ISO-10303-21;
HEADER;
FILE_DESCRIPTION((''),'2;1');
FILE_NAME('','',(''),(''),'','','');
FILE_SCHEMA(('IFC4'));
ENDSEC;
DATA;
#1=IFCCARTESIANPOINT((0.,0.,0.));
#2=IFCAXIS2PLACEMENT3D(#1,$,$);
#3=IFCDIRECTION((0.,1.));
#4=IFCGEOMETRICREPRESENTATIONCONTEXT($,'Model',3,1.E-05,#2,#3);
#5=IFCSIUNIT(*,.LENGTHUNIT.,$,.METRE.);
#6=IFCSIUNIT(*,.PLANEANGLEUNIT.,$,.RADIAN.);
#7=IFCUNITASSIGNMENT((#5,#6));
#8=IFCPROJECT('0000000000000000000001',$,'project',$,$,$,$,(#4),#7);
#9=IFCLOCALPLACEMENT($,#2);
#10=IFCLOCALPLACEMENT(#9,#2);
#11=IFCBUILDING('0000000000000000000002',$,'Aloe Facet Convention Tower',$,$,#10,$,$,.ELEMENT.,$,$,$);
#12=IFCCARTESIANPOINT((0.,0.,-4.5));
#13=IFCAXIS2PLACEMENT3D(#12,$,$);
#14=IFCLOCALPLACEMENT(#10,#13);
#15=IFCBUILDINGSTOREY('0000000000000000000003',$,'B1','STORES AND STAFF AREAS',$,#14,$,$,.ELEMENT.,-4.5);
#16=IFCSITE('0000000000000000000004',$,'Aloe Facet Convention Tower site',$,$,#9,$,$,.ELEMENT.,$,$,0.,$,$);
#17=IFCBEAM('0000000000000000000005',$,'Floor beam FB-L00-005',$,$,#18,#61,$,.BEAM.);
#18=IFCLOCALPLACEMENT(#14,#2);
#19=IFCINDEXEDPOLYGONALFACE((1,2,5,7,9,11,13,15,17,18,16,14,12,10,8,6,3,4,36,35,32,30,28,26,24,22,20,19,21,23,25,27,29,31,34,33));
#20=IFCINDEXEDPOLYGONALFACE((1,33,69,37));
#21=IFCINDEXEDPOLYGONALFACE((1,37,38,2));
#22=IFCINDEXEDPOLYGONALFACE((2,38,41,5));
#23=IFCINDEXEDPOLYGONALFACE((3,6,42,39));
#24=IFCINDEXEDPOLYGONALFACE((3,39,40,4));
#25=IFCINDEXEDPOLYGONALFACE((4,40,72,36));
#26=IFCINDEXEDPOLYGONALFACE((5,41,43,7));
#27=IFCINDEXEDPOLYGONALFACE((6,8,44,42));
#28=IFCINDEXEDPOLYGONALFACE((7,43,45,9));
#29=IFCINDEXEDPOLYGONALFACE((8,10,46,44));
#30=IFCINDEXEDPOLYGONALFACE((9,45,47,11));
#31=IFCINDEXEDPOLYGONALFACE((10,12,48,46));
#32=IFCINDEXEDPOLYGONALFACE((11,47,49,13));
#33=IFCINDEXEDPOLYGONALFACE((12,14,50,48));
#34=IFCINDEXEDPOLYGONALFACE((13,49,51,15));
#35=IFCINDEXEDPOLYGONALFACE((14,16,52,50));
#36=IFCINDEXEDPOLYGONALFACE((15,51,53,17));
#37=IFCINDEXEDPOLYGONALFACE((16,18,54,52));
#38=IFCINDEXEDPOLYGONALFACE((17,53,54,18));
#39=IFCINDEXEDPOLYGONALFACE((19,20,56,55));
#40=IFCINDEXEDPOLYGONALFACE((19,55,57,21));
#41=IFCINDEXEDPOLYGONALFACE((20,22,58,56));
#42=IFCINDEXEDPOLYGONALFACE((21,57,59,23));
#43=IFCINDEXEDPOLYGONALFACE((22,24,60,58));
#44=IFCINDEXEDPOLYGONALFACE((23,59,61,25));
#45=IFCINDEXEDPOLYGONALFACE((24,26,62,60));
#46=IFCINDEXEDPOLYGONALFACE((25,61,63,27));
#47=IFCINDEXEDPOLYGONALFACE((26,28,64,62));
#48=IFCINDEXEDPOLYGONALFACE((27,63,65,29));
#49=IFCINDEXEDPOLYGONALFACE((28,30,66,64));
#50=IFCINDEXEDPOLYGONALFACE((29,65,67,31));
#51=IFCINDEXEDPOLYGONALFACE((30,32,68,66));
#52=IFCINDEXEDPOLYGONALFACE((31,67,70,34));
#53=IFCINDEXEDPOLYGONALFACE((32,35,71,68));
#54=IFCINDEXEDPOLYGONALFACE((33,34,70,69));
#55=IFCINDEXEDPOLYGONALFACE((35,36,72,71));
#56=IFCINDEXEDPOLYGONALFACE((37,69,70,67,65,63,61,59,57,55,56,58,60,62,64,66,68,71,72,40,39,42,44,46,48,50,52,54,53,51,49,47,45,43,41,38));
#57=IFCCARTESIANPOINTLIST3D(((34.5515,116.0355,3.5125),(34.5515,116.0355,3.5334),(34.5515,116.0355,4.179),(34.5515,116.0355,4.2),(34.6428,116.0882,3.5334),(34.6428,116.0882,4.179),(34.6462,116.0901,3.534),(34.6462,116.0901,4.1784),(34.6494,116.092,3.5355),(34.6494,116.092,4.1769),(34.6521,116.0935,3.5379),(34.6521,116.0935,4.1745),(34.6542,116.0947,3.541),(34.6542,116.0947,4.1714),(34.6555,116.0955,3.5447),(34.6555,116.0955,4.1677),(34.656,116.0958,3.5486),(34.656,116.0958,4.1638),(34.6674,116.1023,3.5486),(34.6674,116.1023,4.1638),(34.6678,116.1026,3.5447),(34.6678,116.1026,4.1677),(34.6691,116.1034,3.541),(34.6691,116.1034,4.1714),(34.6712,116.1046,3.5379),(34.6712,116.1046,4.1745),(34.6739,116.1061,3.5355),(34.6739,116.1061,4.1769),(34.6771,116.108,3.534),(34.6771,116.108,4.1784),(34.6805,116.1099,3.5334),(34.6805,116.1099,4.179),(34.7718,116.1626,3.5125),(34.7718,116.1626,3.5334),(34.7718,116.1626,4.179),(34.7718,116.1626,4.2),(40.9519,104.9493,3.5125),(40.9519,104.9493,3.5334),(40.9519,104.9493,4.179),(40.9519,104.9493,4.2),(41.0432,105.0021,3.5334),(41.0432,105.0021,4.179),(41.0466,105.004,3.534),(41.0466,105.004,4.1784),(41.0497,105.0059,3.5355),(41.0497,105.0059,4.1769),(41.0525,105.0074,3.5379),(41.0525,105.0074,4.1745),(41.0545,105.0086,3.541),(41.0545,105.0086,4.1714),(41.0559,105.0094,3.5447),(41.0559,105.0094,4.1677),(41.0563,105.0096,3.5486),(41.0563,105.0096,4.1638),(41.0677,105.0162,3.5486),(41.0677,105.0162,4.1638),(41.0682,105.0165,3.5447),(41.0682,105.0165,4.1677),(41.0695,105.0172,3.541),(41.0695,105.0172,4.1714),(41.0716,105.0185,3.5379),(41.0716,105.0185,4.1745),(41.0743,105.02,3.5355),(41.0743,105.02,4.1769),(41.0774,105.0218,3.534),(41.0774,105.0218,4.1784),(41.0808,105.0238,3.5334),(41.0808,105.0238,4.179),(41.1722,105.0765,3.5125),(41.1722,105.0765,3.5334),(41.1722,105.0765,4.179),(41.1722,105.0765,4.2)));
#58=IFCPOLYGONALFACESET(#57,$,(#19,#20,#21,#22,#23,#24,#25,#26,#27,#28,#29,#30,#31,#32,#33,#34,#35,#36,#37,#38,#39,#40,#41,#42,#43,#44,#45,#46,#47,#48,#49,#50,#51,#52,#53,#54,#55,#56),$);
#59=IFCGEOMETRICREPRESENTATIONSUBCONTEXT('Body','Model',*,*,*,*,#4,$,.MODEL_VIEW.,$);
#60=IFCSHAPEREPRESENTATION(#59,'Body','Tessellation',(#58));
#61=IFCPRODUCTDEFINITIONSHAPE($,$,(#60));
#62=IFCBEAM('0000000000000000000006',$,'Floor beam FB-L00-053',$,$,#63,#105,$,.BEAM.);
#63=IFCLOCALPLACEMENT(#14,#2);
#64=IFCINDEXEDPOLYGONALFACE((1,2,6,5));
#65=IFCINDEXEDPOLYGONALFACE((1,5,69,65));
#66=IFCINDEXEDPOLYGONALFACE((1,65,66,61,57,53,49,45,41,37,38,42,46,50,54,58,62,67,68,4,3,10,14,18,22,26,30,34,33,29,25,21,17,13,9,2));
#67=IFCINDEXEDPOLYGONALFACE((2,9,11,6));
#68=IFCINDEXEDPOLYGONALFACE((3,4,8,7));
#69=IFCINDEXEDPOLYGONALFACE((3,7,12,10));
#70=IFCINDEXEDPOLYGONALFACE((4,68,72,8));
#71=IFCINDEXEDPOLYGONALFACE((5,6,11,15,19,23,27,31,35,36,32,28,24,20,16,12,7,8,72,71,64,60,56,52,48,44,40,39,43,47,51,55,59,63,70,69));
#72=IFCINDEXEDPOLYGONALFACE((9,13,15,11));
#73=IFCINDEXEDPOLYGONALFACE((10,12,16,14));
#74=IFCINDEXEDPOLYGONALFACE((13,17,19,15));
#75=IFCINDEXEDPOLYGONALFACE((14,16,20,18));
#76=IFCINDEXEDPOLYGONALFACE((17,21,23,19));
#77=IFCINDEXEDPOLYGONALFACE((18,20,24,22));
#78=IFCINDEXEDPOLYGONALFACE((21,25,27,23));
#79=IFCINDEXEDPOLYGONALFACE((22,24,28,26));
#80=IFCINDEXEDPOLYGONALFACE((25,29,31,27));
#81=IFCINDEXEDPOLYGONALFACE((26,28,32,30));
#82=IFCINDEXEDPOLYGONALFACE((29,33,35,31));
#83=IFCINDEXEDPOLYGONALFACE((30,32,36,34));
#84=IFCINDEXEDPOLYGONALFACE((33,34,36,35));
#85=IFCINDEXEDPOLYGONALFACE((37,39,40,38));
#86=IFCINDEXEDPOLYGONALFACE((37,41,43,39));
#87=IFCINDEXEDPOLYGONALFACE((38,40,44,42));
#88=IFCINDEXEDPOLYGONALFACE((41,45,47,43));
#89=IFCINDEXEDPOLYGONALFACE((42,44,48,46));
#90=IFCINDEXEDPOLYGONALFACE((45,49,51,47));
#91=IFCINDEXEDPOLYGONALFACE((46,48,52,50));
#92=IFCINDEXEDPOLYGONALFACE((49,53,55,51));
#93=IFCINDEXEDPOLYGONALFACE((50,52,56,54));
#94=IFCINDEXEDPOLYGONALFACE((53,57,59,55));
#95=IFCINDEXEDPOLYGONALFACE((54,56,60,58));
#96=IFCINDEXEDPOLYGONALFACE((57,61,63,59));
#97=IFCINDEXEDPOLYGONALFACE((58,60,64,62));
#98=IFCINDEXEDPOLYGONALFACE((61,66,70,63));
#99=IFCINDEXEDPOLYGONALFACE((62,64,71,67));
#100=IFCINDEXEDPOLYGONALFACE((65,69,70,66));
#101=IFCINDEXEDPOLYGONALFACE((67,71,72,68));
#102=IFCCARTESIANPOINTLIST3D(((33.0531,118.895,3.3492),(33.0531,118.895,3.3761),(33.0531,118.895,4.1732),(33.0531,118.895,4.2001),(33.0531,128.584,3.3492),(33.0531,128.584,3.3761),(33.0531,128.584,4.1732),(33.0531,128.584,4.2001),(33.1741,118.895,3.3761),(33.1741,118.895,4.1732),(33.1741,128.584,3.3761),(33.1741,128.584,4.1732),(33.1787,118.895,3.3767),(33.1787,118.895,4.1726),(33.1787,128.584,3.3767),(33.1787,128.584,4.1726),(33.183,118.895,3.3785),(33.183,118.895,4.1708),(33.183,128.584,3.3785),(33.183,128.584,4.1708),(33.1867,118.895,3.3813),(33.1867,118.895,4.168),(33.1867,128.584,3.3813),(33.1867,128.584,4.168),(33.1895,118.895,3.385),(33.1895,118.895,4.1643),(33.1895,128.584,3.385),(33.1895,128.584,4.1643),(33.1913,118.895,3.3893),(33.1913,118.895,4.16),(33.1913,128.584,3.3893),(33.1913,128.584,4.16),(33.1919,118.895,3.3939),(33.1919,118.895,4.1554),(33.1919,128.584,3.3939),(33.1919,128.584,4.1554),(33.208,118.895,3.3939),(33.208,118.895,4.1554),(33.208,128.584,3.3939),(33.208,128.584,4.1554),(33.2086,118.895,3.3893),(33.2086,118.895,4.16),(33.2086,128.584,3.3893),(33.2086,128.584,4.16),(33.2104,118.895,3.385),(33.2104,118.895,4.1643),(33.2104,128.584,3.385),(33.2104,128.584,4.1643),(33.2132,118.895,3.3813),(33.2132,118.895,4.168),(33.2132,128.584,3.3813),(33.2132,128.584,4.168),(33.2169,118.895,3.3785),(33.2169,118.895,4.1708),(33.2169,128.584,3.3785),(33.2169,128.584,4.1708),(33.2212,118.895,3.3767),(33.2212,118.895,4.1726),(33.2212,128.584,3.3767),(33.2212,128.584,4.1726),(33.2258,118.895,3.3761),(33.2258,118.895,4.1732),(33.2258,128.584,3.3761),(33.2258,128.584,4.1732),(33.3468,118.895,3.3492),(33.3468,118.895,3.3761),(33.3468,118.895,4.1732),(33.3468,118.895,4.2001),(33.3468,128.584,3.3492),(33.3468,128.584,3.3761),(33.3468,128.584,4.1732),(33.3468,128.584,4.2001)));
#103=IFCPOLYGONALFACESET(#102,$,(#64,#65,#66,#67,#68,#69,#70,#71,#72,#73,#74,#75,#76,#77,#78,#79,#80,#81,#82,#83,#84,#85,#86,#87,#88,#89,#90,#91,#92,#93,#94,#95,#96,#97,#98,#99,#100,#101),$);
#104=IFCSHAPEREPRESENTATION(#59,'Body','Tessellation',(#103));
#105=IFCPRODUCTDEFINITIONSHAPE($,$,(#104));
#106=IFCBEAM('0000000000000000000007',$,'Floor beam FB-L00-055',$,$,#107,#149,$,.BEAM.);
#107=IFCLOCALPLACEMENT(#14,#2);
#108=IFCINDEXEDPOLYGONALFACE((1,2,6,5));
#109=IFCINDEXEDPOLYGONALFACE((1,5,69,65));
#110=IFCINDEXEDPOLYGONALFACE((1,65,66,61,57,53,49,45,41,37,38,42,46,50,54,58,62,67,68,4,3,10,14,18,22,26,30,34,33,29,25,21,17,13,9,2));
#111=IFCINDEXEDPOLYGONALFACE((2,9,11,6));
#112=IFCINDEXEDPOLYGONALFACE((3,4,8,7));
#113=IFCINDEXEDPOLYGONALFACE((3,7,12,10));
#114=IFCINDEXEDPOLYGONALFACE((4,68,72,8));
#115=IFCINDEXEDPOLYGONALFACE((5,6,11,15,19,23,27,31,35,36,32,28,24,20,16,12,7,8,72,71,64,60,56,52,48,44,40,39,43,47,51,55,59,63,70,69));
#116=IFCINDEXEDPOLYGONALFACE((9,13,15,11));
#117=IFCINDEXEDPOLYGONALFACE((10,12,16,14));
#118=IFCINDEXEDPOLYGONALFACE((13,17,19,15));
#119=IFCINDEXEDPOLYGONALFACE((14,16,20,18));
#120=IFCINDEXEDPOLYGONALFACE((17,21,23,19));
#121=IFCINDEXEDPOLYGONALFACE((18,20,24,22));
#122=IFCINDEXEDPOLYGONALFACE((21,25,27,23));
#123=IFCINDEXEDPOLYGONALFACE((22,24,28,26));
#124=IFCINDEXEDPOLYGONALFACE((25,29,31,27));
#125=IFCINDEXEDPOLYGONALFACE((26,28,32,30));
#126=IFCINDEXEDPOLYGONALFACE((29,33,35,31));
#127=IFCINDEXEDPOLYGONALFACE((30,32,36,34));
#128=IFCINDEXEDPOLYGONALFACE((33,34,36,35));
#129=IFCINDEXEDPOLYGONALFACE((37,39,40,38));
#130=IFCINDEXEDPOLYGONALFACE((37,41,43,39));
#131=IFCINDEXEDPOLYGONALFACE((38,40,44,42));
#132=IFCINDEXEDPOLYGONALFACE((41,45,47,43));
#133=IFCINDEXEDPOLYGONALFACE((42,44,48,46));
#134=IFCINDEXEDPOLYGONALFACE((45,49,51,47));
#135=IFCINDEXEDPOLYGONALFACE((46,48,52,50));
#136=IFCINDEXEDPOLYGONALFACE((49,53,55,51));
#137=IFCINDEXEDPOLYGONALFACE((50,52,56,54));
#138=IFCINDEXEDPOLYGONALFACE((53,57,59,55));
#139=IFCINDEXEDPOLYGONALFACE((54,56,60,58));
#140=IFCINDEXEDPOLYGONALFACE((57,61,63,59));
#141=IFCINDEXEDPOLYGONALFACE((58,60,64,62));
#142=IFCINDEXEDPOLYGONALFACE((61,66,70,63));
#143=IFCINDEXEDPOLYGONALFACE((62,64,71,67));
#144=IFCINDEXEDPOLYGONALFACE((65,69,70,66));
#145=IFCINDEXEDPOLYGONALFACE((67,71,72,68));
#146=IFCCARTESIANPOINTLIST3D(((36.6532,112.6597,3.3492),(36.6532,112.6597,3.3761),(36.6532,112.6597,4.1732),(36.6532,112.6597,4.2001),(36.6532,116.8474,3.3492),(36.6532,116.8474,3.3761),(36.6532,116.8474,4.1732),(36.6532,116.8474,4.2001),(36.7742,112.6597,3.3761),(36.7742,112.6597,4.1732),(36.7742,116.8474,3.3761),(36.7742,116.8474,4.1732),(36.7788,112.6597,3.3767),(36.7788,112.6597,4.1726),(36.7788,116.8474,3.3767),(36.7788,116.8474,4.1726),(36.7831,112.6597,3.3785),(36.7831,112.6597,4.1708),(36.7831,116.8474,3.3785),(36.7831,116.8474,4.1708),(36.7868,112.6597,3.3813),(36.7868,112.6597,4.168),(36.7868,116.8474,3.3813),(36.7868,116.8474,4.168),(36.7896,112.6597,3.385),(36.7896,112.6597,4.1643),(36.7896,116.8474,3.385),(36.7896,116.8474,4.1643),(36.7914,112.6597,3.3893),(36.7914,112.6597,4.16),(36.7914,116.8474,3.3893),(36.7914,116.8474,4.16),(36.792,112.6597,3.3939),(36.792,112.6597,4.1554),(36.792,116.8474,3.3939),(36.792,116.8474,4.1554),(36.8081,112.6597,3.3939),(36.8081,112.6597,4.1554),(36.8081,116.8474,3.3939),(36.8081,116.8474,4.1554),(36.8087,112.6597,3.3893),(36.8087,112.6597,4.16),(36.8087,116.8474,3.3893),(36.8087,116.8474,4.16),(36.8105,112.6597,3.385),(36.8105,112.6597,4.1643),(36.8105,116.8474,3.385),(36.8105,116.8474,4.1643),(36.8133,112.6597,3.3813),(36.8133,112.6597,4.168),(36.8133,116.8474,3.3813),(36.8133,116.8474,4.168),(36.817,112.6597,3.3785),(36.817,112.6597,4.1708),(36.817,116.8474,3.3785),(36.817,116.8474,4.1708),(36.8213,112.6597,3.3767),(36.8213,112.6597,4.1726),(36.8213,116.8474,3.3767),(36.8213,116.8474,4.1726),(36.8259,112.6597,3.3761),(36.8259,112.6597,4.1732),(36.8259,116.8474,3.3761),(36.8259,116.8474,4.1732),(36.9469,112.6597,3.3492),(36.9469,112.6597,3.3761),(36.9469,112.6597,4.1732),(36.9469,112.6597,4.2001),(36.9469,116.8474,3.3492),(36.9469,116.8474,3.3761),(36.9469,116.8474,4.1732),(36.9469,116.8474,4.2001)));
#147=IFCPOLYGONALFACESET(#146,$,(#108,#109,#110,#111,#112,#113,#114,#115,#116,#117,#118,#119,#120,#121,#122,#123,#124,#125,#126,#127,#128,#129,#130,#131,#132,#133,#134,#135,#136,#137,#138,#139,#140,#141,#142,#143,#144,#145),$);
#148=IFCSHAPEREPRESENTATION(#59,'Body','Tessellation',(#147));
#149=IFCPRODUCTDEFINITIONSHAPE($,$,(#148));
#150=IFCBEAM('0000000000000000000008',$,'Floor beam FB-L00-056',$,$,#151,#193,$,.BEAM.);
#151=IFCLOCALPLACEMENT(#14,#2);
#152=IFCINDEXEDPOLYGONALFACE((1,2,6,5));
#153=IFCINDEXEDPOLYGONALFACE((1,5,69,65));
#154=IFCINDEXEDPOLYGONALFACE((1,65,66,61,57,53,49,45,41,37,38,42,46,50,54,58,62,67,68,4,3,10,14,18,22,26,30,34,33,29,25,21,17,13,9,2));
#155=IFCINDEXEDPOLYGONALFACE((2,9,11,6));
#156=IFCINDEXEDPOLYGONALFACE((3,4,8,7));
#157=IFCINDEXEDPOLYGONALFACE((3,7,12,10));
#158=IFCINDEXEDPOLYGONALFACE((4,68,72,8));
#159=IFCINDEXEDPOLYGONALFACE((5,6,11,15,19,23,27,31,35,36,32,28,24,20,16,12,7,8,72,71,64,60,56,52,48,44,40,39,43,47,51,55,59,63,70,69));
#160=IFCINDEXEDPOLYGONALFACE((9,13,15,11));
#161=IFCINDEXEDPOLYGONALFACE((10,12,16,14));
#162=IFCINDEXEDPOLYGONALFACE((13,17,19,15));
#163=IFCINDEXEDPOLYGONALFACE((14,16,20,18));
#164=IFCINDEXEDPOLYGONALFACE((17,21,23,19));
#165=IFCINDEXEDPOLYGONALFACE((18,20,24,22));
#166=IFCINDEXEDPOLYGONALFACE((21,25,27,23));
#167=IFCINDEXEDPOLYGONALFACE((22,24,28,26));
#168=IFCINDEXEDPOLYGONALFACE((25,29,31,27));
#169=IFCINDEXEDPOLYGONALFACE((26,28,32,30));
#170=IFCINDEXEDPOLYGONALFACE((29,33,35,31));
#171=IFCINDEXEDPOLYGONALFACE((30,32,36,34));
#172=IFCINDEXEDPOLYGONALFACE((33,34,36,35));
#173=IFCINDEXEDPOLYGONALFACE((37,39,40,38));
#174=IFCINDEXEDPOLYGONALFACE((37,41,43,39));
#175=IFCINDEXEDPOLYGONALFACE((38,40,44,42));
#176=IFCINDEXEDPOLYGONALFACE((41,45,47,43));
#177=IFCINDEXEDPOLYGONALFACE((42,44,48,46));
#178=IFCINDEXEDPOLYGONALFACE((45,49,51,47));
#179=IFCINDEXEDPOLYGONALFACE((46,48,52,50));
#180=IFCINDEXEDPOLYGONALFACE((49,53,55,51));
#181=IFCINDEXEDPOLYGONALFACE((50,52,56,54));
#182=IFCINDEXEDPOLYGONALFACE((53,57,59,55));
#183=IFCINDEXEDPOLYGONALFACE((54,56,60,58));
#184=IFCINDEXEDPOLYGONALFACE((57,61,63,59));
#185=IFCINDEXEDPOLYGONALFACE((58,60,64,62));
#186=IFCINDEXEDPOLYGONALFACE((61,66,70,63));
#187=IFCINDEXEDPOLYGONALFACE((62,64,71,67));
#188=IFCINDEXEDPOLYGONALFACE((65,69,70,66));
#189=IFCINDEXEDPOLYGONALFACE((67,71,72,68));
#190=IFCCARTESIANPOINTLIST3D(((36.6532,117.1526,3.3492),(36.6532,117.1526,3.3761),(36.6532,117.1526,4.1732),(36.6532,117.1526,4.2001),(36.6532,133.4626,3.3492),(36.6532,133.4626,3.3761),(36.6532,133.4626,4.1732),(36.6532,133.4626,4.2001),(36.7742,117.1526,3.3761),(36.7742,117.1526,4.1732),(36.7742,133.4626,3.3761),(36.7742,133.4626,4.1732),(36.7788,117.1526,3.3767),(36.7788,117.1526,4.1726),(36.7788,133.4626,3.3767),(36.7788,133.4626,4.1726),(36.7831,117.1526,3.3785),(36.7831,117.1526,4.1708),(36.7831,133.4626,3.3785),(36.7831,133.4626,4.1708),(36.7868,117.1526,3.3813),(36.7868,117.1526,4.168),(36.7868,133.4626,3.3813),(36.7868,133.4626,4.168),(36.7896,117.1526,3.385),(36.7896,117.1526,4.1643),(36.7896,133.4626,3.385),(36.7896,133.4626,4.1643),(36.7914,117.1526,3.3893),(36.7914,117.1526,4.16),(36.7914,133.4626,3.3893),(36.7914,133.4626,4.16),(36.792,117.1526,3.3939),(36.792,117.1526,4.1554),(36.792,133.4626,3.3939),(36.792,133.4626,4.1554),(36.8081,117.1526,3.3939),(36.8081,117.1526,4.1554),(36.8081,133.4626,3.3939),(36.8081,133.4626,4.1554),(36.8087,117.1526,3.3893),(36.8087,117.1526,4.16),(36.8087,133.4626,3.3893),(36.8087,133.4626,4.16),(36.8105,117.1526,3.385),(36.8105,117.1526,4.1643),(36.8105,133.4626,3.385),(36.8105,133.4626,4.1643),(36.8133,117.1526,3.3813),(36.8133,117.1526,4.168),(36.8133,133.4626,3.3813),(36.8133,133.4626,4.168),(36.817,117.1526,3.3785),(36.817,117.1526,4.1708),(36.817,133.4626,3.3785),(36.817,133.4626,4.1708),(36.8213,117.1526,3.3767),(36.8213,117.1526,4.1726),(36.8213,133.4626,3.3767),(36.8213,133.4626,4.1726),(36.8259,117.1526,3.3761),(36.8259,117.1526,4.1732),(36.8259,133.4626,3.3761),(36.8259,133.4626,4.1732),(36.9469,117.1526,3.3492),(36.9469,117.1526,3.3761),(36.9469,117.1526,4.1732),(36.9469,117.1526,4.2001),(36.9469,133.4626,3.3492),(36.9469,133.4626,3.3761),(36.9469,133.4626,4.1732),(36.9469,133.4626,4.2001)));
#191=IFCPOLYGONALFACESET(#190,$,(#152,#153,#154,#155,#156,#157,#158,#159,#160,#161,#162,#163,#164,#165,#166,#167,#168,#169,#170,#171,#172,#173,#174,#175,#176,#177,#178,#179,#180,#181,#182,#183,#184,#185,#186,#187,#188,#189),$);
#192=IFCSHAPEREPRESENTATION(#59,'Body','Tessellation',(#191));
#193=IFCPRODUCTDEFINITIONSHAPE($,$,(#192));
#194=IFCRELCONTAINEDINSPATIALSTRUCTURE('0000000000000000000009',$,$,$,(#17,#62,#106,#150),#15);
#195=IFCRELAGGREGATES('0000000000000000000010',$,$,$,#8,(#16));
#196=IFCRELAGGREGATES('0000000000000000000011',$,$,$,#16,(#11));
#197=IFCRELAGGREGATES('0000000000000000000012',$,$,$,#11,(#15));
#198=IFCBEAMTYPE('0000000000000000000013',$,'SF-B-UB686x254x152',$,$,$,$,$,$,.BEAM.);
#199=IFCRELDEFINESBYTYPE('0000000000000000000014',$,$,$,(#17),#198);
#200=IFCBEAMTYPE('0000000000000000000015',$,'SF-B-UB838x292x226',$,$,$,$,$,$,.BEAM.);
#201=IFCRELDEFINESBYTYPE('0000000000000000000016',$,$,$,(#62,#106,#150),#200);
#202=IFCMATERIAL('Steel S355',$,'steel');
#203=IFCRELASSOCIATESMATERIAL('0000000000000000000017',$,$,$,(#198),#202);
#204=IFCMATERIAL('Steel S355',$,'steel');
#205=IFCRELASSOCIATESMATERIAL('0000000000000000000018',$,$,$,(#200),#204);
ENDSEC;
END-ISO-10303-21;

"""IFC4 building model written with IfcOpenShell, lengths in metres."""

from ifc_helpers import new_model, si_unit, direction, frame, origin, origin_2d, place, context, subcontext, project, spatial, i_section, extrude, material, material_profile, profile_set, type_object, element, save


model = new_model("IFC4")

# Units and contexts
model_context = context("Model", 3, precision=1e-05, world=origin(), true_north=direction((0.0, 1.0)))
body_context = subcontext(model_context, "Body", "Model", "MODEL_VIEW")
ifc_project = project(units=[si_unit("LENGTHUNIT", "METRE"), si_unit("PLANEANGLEUNIT", "RADIAN")], contexts=[model_context])

# Site, building, storey
site_placement = place(None, origin())
site = spatial("IfcSite", under=ifc_project, at=site_placement, Name="Aloe Facet Convention Tower site", CompositionType="ELEMENT", RefElevation=0.0)
building_placement = place(site_placement, origin())
building = spatial("IfcBuilding", under=site, at=building_placement, Name="Aloe Facet Convention Tower", CompositionType="ELEMENT")
storey_placement = place(building_placement, frame((0.0, 0.0, -4.5)))
storey = spatial("IfcBuildingStorey", under=building, at=storey_placement, Name="B1", Description="STORES AND STAFF AREAS", CompositionType="ELEMENT", Elevation=-4.5)

# Beams
ifc_material_1 = material(Name="Steel S355", Category="steel")
ifc_material_profile_1 = material_profile(ifc_material_1, i_section(OverallWidth=0.2544, OverallDepth=0.6875, WebThickness=0.0132, FlangeThickness=0.021, FilletRadius=0.0151, at=origin_2d()), Name="UB 686x254x152")
ifc_profile_set_1 = profile_set([ifc_material_profile_1], Name="Steel S355")
beam_type_1 = type_object("IfcBeamType", Name="SF-B-UB686x254x152", PredefinedType="BEAM", material=ifc_profile_set_1)
beam_1_placement = place(storey_placement, frame((41.062, 105.0129, 3.8562), z_axis=(-0.499987, 0.866033, 0.0), x_axis=(-0.866033, -0.499987, 0.0)))
element("IfcBeam", 1, at=beam_1_placement, inside=storey, type_object=beam_type_1, Name="Floor beam FB-L00-005", PredefinedType="BEAM", context=body_context, shape_type="SweptSolid", body=[
    extrude(i_section(OverallWidth=0.2544, OverallDepth=0.6875, WebThickness=0.0132, FlangeThickness=0.021, FilletRadius=0.0151, at=origin_2d()), origin(), (0.0, 0.0, 1.0), 12.801),
])
ifc_material_2 = material(Name="Steel S355", Category="steel")
ifc_material_profile_2 = material_profile(ifc_material_2, i_section(OverallWidth=0.2937, OverallDepth=0.8508, WebThickness=0.0161, FlangeThickness=0.0269, FilletRadius=0.0178, at=origin_2d()), Name="UB 838x292x226")
ifc_profile_set_2 = profile_set([ifc_material_profile_2], Name="Steel S355")
beam_type_2 = type_object("IfcBeamType", Name="SF-B-UB838x292x226", PredefinedType="BEAM", material=ifc_profile_set_2)
beam_2_placement = place(storey_placement, frame((33.2, 118.895, 3.7747), z_axis=(0.0, 1.0, 0.0), x_axis=(-1.0, 0.0, 0.0)))
element("IfcBeam", 2, at=beam_2_placement, inside=storey, type_object=beam_type_2, Name="Floor beam FB-L00-053", PredefinedType="BEAM", context=body_context, shape_type="SweptSolid", body=[
    extrude(i_section(OverallWidth=0.2937, OverallDepth=0.8508, WebThickness=0.0161, FlangeThickness=0.0269, FilletRadius=0.0178, at=origin_2d()), origin(), (0.0, 0.0, 1.0), 9.689),
])
beam_3_placement = place(storey_placement, frame((36.8, 112.6597, 3.7747), z_axis=(0.0, 1.0, 0.0), x_axis=(-1.0, 0.0, 0.0)))
element("IfcBeam", 3, at=beam_3_placement, inside=storey, type_object=beam_type_2, Name="Floor beam FB-L00-055", PredefinedType="BEAM", context=body_context, shape_type="SweptSolid", body=[
    extrude(i_section(OverallWidth=0.2937, OverallDepth=0.8508, WebThickness=0.0161, FlangeThickness=0.0269, FilletRadius=0.0178, at=origin_2d()), origin(), (0.0, 0.0, 1.0), 4.1877),
])
beam_4_placement = place(storey_placement, frame((36.8, 117.1526, 3.7747), z_axis=(0.0, 1.0, 0.0), x_axis=(-1.0, 0.0, 0.0)))
element("IfcBeam", 4, at=beam_4_placement, inside=storey, type_object=beam_type_2, Name="Floor beam FB-L00-056", PredefinedType="BEAM", context=body_context, shape_type="SweptSolid", body=[
    extrude(i_section(OverallWidth=0.2937, OverallDepth=0.8508, WebThickness=0.0161, FlangeThickness=0.0269, FilletRadius=0.0178, at=origin_2d()), origin(), (0.0, 0.0, 1.0), 16.3101),
])

save(model, "model.ifc")
